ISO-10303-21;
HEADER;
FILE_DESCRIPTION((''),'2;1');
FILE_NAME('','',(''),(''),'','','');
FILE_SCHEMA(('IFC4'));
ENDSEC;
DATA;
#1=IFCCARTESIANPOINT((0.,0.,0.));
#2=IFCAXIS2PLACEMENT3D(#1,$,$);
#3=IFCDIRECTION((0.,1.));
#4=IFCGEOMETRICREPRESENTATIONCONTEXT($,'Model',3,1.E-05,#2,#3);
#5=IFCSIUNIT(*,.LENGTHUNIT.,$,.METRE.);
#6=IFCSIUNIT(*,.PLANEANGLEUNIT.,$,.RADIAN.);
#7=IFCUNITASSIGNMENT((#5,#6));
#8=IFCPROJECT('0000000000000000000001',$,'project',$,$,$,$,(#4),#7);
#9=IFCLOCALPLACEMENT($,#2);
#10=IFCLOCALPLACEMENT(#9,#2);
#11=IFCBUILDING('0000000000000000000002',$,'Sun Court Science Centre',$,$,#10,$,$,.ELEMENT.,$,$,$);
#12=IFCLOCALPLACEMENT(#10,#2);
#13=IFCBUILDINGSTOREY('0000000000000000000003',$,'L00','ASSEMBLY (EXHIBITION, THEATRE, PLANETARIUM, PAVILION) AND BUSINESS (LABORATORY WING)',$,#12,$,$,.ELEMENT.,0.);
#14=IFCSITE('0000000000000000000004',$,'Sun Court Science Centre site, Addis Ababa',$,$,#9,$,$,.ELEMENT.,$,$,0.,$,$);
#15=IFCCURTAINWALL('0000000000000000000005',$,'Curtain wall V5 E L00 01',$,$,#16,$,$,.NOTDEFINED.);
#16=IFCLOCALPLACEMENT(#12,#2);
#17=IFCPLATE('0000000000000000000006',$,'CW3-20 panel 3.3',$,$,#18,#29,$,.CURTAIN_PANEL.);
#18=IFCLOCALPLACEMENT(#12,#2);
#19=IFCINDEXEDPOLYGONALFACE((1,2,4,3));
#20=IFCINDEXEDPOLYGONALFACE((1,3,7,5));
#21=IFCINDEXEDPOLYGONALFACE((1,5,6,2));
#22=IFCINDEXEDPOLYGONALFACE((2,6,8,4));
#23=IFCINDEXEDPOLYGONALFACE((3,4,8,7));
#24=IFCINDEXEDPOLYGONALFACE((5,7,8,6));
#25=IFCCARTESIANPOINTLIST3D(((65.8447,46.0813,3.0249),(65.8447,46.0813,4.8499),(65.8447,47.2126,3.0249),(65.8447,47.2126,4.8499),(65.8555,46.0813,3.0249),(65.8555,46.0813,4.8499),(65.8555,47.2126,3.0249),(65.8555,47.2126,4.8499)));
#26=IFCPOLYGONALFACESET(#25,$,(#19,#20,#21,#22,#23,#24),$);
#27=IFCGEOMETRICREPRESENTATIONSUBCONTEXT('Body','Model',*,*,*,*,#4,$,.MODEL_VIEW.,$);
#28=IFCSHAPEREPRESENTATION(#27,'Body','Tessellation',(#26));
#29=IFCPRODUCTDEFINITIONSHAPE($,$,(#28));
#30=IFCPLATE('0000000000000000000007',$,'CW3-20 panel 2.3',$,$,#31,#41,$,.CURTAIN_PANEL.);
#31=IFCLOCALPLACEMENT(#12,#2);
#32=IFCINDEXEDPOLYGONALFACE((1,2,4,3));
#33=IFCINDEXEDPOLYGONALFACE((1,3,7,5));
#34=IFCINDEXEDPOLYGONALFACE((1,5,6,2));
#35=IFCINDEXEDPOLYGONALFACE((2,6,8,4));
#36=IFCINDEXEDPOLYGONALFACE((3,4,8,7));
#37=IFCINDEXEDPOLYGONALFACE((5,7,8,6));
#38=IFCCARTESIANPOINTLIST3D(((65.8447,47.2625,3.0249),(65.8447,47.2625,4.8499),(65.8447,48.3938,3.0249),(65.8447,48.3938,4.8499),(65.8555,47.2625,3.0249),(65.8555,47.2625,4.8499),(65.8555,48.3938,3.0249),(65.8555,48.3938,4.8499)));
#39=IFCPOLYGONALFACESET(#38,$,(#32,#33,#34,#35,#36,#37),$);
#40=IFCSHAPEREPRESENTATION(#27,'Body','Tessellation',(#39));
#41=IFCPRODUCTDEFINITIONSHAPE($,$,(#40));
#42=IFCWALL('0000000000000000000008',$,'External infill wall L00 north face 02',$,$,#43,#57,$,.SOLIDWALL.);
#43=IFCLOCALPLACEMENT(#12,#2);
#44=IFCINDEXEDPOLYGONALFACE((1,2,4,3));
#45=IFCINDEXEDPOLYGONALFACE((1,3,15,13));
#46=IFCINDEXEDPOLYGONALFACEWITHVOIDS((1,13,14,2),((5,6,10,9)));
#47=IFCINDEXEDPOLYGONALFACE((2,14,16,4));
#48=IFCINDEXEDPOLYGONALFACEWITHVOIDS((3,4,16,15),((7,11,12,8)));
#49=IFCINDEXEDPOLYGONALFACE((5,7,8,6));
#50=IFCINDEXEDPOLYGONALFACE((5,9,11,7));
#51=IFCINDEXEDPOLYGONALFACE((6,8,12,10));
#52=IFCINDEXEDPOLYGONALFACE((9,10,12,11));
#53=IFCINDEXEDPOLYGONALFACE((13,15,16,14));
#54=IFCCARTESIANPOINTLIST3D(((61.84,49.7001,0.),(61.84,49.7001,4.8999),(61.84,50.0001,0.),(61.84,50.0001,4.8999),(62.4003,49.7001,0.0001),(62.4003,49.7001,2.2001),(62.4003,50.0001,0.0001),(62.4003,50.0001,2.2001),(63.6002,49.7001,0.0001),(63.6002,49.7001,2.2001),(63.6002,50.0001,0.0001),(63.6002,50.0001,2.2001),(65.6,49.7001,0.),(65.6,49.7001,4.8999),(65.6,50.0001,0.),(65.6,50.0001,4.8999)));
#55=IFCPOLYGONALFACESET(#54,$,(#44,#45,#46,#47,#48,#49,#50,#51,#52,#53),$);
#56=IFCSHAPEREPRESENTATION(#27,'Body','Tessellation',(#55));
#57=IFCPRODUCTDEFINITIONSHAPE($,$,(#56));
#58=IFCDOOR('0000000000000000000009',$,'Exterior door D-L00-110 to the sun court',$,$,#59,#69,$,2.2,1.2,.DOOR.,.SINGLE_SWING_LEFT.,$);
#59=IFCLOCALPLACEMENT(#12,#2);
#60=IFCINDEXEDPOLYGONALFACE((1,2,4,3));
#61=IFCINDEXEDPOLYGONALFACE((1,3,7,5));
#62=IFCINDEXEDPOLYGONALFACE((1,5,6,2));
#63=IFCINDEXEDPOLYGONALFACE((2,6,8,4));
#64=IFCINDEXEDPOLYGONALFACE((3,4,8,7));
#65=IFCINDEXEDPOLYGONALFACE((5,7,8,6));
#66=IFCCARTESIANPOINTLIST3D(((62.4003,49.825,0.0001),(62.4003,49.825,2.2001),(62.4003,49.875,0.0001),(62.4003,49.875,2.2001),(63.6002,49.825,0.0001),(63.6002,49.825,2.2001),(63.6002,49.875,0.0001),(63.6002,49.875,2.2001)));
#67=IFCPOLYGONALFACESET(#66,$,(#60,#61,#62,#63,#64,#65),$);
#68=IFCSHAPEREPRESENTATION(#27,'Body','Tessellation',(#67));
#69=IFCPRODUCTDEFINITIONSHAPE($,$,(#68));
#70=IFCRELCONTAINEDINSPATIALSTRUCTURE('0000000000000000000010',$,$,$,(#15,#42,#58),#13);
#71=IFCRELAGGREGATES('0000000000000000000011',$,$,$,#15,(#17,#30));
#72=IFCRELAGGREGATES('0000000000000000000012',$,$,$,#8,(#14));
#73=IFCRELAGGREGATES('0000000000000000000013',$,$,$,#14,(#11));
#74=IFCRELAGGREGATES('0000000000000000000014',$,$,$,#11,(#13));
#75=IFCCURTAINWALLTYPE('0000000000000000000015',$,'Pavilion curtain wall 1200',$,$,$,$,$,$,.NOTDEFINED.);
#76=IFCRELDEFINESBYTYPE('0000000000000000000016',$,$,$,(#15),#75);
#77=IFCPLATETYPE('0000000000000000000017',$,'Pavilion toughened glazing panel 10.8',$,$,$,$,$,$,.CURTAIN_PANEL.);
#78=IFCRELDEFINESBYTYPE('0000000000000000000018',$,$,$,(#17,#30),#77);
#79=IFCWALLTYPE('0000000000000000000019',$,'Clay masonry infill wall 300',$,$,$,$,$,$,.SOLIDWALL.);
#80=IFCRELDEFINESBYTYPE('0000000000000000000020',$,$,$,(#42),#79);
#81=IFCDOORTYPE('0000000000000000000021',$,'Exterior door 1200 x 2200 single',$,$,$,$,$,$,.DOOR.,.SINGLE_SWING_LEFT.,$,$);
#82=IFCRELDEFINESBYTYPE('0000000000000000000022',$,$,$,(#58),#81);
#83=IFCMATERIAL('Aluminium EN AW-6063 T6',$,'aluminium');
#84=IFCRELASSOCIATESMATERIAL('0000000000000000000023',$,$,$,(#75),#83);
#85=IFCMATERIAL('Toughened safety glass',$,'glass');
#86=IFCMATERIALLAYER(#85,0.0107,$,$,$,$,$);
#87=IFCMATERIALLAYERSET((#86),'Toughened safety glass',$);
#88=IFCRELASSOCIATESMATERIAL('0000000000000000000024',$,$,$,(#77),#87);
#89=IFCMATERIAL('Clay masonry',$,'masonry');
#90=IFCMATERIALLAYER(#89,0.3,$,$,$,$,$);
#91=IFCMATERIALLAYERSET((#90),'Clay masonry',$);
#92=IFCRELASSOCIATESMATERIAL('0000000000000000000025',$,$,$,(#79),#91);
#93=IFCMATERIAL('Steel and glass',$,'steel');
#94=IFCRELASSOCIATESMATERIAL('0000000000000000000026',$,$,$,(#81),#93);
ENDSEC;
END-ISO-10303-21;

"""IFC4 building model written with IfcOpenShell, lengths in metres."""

from ifc_helpers import new_model, si_unit, direction, frame, frame_2d, origin, origin_2d, place, context, subcontext, project, spatial, rectangle, extrude, material, layer, layer_set, type_object, element, fill, aggregate, save


model = new_model("IFC4")

# Units and contexts
model_context = context("Model", 3, precision=1e-05, world=origin(), true_north=direction((0.0, 1.0)))
body_context = subcontext(model_context, "Body", "Model", "MODEL_VIEW")
ifc_project = project(units=[si_unit("LENGTHUNIT", "METRE"), si_unit("PLANEANGLEUNIT", "RADIAN")], contexts=[model_context])

# Site, building, storey
site_placement = place(None, origin())
site = spatial("IfcSite", under=ifc_project, at=site_placement, Name="Sun Court Science Centre site, Addis Ababa", CompositionType="ELEMENT", RefElevation=0.0)
building_placement = place(site_placement, origin())
building = spatial("IfcBuilding", under=site, at=building_placement, Name="Sun Court Science Centre", CompositionType="ELEMENT")
storey_placement = place(building_placement, origin())
storey = spatial("IfcBuildingStorey", under=building, at=storey_placement, Name="L00", Description="ASSEMBLY (EXHIBITION, THEATRE, PLANETARIUM, PAVILION) AND BUSINESS (LABORATORY WING)", CompositionType="ELEMENT", Elevation=0.0)

# Shared definitions
ifc_material_1 = material(Name="Aluminium EN AW-6063 T6", Category="aluminium")
curtain_wall_type = type_object("IfcCurtainWallType", Name="Pavilion curtain wall 1200", PredefinedType="NOTDEFINED", material=ifc_material_1)

# Curtain wall, plates
curtain_wall_1_placement = place(storey_placement, origin())
curtain_wall_1 = element("IfcCurtainWall", 1, at=curtain_wall_1_placement, inside=storey, type_object=curtain_wall_type, Name="Curtain wall V5 E L00 01", PredefinedType="NOTDEFINED")
ifc_material_2 = material(Name="Toughened safety glass", Category="glass")
ifc_layer_1 = layer(ifc_material_2, 0.0107)
ifc_layer_set_1 = layer_set([ifc_layer_1], Name="Toughened safety glass")
plate_type = type_object("IfcPlateType", Name="Pavilion toughened glazing panel 10.8", PredefinedType="CURTAIN_PANEL", material=ifc_layer_set_1)
plate_1_placement = place(storey_placement, frame((65.8501, 46.647, 3.0249), z_axis=(0.0, 0.0, 1.0), x_axis=(0.0, -1.0, 0.0)))
plate_1 = element("IfcPlate", 2, at=plate_1_placement, type_object=plate_type, Name="CW3-20 panel 3.3", PredefinedType="CURTAIN_PANEL", context=body_context, shape_type="SweptSolid", body=[
    extrude(rectangle(XDim=1.1313, YDim=0.0107, at=origin_2d()), origin(), (0.0, 0.0, 1.0), 1.825),
])
plate_2_placement = place(storey_placement, frame((65.8501, 47.8281, 3.0249), z_axis=(0.0, 0.0, 1.0), x_axis=(0.0, -1.0, 0.0)))
plate_2 = element("IfcPlate", 3, at=plate_2_placement, type_object=plate_type, Name="CW3-20 panel 2.3", PredefinedType="CURTAIN_PANEL", context=body_context, shape_type="SweptSolid", body=[
    extrude(rectangle(XDim=1.1313, YDim=0.0107, at=origin_2d()), origin(), (0.0, 0.0, 1.0), 1.825),
])
aggregate(curtain_wall_1, [plate_1, plate_2])

# Wall, opening, door
ifc_material_3 = material(Name="Clay masonry", Category="masonry")
ifc_layer_2 = layer(ifc_material_3, 0.3)
ifc_layer_set_2 = layer_set([ifc_layer_2], Name="Clay masonry")
wall_type = type_object("IfcWallType", Name="Clay masonry infill wall 300", PredefinedType="SOLIDWALL", material=ifc_layer_set_2)
wall_placement = place(storey_placement, frame((61.8401, 49.8501, 0.0), z_axis=(0.0, 0.0, 1.0), x_axis=(1.0, 0.0, 0.0)))
wall = element("IfcWall", 4, at=wall_placement, inside=storey, type_object=wall_type, Name="External infill wall L00 north face 02", PredefinedType="SOLIDWALL", context=body_context, shape_type="SweptSolid", body=[
    extrude(rectangle(XDim=3.76, YDim=0.3, at=frame_2d((1.8799, 0.0))), origin(), (0.0, 0.0, 1.0), 4.8999),
])
opening_placement = place(wall_placement, frame((0.5601, 0.0, 0.0)))
opening = element("IfcOpeningElement", 5, at=opening_placement, cuts=wall, PredefinedType="OPENING", context=body_context, shape_type="SweptSolid", body=[
    extrude(rectangle(XDim=1.2, YDim=2.2, at=frame_2d((0.6001, 1.1001))), frame((0.0, 0.1599, 0.0), z_axis=(0.0, -1.0, 0.0), x_axis=(1.0, 0.0, 0.0)), (0.0, 0.0, 1.0), 0.3201),
])
ifc_material_4 = material(Name="Steel and glass", Category="steel")
door_type = type_object("IfcDoorType", Name="Exterior door 1200 x 2200 single", OperationType="SINGLE_SWING_LEFT", PredefinedType="DOOR", material=ifc_material_4)
door_placement = place(opening_placement, origin())
door = element("IfcDoor", 6, at=door_placement, inside=storey, type_object=door_type, Name="Exterior door D-L00-110 to the sun court", OperationType="SINGLE_SWING_LEFT", OverallHeight=2.2, OverallWidth=1.2, PredefinedType="DOOR", context=body_context, shape_type="SweptSolid", body=[
    extrude(rectangle(XDim=1.2, YDim=2.2, at=frame_2d((0.6001, 1.1001))), frame((0.0, 0.0249, 0.0), z_axis=(0.0, -1.0, 0.0), x_axis=(1.0, 0.0, 0.0)), (0.0, 0.0, 1.0), 0.05),
])
fill(opening, door)

save(model, "model.ifc")
